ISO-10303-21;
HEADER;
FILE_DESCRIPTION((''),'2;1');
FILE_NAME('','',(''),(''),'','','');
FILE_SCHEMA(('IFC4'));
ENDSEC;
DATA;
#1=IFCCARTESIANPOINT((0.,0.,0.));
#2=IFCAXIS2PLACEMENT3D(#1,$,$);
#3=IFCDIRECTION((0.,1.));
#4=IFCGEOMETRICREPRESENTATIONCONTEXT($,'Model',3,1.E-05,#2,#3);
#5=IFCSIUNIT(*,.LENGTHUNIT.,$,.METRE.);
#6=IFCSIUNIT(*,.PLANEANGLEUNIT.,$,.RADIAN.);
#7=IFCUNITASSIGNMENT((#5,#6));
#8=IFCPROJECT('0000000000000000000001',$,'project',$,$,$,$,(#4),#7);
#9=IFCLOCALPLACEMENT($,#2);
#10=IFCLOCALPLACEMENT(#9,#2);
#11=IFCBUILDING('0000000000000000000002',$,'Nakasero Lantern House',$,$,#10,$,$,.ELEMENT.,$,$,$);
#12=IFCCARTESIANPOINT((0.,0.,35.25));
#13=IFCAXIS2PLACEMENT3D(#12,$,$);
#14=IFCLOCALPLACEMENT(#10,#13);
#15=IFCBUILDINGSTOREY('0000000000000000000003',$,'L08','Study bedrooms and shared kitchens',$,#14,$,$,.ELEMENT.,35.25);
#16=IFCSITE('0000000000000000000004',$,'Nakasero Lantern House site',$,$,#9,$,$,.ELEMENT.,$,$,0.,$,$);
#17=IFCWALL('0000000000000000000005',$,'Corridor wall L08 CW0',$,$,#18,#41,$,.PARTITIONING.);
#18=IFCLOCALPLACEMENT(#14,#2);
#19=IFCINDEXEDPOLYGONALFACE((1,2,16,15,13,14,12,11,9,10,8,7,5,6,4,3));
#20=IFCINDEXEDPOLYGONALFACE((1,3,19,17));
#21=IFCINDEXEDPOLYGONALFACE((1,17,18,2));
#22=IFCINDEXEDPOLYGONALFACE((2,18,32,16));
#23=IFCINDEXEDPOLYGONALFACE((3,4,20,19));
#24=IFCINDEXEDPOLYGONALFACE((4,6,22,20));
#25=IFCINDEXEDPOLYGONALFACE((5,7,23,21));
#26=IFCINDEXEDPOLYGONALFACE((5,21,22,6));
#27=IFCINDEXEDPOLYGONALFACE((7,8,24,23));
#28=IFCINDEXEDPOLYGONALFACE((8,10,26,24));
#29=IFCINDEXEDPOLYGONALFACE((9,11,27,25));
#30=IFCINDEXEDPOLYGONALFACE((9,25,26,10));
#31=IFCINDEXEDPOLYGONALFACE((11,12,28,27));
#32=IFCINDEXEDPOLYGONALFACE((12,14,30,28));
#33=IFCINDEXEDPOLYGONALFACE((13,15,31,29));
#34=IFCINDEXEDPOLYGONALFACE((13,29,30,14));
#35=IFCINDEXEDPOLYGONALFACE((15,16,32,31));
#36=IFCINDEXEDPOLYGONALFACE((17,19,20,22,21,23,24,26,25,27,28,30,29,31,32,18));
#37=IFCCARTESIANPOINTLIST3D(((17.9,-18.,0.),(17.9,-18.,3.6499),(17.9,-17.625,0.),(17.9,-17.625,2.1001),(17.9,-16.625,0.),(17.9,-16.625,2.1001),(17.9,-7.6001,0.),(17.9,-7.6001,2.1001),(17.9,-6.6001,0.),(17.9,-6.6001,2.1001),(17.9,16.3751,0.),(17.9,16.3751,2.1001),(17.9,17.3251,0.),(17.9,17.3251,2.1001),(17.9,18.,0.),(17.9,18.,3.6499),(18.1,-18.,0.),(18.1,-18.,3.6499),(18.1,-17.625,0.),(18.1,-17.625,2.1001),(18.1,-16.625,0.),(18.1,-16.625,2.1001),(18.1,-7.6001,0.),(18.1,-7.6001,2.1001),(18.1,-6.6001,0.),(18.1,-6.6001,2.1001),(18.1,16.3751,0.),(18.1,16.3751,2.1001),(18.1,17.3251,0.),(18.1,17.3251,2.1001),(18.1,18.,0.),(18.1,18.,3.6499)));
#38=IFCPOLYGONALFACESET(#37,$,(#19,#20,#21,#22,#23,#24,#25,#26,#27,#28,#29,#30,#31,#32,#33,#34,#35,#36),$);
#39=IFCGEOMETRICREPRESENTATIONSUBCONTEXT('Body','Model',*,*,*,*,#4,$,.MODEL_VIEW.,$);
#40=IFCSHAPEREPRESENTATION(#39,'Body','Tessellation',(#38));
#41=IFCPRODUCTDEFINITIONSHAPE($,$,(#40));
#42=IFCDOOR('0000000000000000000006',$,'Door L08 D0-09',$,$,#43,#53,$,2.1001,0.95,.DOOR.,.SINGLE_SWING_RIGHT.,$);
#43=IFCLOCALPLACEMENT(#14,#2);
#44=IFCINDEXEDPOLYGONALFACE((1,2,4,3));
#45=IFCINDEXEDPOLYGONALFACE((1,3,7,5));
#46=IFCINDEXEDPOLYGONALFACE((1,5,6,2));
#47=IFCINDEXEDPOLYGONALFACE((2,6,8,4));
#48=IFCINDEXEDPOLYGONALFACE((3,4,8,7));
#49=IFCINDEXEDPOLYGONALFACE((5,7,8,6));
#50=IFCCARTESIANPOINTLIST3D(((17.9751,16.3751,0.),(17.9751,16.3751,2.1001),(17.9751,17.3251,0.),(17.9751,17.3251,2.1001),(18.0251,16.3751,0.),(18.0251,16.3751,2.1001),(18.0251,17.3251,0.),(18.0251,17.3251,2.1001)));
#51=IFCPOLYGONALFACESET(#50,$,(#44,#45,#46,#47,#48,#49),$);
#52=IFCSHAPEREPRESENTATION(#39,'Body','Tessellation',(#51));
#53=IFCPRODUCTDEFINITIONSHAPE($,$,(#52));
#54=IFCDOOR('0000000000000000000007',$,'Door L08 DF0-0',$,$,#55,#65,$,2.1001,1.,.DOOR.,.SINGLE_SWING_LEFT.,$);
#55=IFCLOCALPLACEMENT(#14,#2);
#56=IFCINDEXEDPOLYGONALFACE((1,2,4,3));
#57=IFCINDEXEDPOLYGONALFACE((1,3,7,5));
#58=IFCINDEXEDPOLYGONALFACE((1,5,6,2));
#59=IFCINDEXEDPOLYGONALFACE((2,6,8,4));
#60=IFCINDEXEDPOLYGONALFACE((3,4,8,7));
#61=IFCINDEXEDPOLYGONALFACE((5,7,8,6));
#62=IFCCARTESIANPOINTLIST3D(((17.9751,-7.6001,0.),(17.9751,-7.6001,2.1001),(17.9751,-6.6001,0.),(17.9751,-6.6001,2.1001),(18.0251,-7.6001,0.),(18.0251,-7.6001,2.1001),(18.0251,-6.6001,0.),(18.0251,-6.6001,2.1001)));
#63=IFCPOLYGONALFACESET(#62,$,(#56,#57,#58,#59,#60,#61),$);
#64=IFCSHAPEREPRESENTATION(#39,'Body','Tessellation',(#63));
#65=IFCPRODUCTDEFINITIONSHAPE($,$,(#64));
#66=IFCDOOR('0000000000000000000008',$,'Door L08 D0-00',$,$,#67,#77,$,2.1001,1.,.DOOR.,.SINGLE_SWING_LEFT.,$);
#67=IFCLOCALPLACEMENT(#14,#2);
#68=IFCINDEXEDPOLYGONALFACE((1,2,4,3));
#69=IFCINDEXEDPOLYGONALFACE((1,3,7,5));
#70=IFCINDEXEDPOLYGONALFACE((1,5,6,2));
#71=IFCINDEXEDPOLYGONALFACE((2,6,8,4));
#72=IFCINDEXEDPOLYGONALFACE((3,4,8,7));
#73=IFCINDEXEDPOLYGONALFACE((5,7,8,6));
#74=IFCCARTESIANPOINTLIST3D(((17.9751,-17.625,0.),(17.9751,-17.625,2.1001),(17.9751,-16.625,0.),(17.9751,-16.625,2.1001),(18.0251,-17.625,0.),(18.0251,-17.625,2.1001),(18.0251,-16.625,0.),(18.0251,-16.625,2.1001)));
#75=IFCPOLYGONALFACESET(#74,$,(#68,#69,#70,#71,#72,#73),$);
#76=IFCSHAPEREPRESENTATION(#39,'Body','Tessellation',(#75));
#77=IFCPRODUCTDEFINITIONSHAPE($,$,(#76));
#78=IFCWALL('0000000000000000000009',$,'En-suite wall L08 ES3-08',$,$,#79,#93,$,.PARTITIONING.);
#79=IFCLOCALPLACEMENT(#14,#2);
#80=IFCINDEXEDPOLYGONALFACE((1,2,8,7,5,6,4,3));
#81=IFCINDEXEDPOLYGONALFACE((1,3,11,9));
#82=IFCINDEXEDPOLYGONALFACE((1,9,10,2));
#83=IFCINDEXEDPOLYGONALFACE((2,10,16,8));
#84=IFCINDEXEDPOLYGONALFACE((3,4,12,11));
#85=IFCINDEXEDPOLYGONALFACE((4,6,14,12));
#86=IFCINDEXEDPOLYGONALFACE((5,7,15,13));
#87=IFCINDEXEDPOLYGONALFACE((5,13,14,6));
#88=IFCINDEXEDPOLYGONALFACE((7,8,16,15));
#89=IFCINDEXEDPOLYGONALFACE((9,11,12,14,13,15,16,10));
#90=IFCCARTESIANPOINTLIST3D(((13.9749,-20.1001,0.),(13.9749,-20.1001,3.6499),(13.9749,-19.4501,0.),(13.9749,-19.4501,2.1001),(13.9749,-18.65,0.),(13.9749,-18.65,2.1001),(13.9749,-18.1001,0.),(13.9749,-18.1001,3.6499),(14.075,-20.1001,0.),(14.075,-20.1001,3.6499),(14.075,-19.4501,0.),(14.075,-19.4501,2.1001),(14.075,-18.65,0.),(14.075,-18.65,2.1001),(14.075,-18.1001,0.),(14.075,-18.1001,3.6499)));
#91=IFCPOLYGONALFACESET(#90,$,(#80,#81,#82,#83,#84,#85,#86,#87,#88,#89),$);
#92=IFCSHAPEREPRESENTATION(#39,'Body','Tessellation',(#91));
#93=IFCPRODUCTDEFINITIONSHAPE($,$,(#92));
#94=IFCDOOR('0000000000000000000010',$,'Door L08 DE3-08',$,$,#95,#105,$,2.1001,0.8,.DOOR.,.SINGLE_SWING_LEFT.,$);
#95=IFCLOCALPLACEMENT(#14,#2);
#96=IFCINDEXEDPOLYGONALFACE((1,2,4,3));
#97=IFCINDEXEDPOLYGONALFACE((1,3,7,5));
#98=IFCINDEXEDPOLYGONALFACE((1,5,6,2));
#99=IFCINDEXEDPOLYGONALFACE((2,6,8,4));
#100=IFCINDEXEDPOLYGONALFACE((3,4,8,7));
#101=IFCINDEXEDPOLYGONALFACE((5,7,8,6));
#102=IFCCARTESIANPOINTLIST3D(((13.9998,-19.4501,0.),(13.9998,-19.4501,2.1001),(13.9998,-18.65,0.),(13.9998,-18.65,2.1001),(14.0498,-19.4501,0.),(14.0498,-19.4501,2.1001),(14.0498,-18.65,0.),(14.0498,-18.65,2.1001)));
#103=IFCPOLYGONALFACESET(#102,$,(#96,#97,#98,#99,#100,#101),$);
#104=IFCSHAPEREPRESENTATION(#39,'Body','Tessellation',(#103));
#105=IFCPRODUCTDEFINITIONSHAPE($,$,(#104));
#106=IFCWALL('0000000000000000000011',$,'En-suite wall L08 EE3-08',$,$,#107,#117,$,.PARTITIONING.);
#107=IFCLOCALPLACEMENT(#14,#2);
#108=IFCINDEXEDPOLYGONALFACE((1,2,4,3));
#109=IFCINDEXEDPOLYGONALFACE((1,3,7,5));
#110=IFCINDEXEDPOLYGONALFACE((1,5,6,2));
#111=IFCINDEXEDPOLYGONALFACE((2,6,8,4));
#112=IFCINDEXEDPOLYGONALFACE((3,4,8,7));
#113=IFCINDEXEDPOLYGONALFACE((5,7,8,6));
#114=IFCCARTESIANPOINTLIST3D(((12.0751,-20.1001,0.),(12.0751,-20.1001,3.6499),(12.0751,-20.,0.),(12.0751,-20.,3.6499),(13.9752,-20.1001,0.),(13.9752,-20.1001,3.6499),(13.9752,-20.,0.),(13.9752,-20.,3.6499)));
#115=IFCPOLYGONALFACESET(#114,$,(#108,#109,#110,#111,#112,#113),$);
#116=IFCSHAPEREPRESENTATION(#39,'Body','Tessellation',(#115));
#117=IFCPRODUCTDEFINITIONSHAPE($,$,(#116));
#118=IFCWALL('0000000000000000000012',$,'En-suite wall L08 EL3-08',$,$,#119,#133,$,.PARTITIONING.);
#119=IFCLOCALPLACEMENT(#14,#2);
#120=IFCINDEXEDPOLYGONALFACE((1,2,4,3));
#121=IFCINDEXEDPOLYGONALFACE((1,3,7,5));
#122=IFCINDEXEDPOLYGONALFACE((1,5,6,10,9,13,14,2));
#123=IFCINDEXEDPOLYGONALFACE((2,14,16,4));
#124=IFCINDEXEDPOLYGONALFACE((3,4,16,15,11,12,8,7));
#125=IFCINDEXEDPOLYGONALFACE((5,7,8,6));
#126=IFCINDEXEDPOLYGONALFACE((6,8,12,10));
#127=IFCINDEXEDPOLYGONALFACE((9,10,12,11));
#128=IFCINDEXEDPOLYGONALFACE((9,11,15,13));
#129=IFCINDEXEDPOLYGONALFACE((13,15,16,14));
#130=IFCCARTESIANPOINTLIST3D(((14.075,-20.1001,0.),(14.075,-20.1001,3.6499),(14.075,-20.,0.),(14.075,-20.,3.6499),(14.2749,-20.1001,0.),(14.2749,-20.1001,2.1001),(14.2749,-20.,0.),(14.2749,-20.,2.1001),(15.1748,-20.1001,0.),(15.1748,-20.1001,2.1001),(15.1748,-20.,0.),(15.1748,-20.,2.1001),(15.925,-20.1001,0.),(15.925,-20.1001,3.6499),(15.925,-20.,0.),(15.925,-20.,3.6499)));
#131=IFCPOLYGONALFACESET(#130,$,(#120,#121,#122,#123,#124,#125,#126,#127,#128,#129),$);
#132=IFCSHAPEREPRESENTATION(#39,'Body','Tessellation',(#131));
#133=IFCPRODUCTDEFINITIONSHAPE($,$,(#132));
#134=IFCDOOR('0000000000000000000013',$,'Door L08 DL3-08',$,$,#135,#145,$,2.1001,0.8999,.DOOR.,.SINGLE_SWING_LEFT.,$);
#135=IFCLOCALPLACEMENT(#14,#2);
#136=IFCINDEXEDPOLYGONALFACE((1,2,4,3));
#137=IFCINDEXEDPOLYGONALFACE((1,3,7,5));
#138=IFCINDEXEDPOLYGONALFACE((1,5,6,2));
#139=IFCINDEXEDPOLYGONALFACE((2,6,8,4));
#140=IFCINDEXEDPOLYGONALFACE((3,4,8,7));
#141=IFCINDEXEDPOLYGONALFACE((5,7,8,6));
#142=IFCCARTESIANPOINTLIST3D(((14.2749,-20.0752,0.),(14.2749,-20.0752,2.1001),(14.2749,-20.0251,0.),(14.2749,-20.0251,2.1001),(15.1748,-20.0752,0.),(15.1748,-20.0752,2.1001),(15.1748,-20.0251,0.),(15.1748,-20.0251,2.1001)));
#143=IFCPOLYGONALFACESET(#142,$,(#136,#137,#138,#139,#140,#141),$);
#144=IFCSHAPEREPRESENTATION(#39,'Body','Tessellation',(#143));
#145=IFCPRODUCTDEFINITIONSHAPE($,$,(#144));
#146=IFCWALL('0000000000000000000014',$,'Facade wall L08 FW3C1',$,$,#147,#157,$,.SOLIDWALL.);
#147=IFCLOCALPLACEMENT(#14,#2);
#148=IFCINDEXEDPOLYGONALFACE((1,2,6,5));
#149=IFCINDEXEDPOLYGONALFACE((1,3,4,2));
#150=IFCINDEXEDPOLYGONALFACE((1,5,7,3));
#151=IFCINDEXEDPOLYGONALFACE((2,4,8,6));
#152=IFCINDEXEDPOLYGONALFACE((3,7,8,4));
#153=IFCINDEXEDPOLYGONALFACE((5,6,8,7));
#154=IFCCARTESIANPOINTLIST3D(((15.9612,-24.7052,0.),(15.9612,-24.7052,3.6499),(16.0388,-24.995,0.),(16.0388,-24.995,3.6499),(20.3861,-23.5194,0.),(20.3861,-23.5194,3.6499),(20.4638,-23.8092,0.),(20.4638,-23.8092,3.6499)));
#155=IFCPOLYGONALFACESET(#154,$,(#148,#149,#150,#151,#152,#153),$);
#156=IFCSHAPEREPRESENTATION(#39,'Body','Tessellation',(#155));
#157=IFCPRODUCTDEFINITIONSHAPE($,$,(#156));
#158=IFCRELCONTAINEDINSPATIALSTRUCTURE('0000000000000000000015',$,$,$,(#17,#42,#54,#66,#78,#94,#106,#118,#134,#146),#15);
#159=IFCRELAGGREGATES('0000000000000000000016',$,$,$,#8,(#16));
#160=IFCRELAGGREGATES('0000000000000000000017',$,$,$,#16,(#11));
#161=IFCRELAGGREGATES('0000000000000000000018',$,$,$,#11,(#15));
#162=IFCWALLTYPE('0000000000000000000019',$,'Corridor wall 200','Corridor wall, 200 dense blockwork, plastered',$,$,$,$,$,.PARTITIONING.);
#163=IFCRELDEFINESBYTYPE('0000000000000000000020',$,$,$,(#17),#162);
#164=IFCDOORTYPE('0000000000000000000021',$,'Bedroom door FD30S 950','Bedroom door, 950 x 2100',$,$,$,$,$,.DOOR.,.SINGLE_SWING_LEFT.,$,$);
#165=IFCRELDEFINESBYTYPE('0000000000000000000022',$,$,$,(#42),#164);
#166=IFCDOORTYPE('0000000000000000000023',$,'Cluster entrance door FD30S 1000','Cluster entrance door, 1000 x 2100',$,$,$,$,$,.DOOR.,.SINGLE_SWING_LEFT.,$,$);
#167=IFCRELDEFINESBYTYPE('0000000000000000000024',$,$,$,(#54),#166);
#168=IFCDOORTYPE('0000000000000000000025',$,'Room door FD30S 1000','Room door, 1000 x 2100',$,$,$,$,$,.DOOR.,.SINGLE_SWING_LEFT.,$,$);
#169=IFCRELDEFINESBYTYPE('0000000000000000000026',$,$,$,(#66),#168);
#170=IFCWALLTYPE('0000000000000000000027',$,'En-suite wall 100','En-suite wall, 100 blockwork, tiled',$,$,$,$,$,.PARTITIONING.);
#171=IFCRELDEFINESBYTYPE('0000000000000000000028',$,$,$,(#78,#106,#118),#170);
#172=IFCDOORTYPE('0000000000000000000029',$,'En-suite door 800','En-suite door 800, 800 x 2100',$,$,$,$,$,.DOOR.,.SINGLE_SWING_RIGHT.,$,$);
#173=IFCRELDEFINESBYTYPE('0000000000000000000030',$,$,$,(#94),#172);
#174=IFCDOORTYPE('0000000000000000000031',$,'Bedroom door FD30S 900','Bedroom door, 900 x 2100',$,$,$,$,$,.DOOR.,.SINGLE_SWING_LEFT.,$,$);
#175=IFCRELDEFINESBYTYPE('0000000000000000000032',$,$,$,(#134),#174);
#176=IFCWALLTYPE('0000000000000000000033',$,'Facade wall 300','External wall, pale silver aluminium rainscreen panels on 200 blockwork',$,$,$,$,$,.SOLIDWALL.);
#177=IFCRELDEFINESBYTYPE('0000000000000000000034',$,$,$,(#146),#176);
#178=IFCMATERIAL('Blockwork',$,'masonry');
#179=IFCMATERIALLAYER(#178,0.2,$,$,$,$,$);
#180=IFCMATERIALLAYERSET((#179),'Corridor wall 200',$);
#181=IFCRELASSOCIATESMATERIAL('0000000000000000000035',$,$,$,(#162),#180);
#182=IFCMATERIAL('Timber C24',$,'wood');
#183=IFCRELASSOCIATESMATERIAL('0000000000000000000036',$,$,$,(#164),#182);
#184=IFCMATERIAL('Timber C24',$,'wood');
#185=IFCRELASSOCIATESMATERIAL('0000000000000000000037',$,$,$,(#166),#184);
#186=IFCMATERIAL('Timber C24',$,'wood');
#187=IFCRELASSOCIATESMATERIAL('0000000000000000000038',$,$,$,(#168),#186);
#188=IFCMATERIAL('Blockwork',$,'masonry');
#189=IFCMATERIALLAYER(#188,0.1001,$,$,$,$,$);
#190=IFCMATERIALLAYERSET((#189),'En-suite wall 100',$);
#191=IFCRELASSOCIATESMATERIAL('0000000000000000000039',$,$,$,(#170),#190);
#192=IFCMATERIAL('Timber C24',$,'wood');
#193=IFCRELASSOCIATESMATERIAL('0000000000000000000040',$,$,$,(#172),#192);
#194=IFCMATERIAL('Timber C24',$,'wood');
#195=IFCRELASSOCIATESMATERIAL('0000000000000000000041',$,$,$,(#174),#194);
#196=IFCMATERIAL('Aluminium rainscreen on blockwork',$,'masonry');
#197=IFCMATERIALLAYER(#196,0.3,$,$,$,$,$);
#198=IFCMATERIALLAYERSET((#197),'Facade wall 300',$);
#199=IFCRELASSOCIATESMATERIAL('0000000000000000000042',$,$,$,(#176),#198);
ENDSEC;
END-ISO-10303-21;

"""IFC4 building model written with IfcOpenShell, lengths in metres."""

from ifc_helpers import new_model, si_unit, direction, frame, frame_2d, origin, place, context, subcontext, project, spatial, rectangle, extrude, material, layer, layer_set, type_object, element, fill, save


model = new_model("IFC4")

# Units and contexts
model_context = context("Model", 3, precision=1e-05, world=origin(), true_north=direction((0.0, 1.0)))
body_context = subcontext(model_context, "Body", "Model", "MODEL_VIEW")
ifc_project = project(units=[si_unit("LENGTHUNIT", "METRE"), si_unit("PLANEANGLEUNIT", "RADIAN")], contexts=[model_context])

# Site, building, storey
site_placement = place(None, origin())
site = spatial("IfcSite", under=ifc_project, at=site_placement, Name="Nakasero Lantern House site", CompositionType="ELEMENT", RefElevation=0.0)
building_placement = place(site_placement, origin())
building = spatial("IfcBuilding", under=site, at=building_placement, Name="Nakasero Lantern House", CompositionType="ELEMENT")
storey_placement = place(building_placement, frame((0.0, 0.0, 35.25)))
storey = spatial("IfcBuildingStorey", under=building, at=storey_placement, Name="L08", Description="Study bedrooms and shared kitchens", CompositionType="ELEMENT", Elevation=35.25)

# Wall, openings, doors
ifc_material_1 = material(Name="Blockwork", Category="masonry")
ifc_layer_1 = layer(ifc_material_1, 0.2)
ifc_layer_set_1 = layer_set([ifc_layer_1], Name="Corridor wall 200")
wall_type_1 = type_object("IfcWallType", Name="Corridor wall 200", Description="Corridor wall, 200 dense blockwork, plastered", PredefinedType="PARTITIONING", material=ifc_layer_set_1)
wall_1_placement = place(storey_placement, frame((18.0, -18.0, 0.0), z_axis=(0.0, 0.0, 1.0), x_axis=(0.0, 1.0, 0.0)))
wall_1 = element("IfcWall", 1, at=wall_1_placement, inside=storey, type_object=wall_type_1, Name="Corridor wall L08 CW0", PredefinedType="PARTITIONING", context=body_context, shape_type="SweptSolid", body=[
    extrude(rectangle(XDim=36.0, YDim=0.2, at=frame_2d((18.0, 0.0))), origin(), (0.0, 0.0, 1.0), 3.6499),
])
opening_1_placement = place(wall_1_placement, frame((10.3999, 0.0, 0.0)))
opening_1 = element("IfcOpeningElement", 2, at=opening_1_placement, cuts=wall_1, PredefinedType="OPENING", context=body_context, shape_type="SweptSolid", body=[
    extrude(rectangle(XDim=1.0, YDim=2.1001, at=frame_2d((0.5, 1.05))), frame((0.0, 0.1199, 0.0), z_axis=(0.0, -1.0, 0.0), x_axis=(1.0, 0.0, 0.0)), (0.0, 0.0, 1.0), 0.24),
])
opening_2_placement = place(wall_1_placement, frame((0.375, 0.0, 0.0)))
opening_2 = element("IfcOpeningElement", 3, at=opening_2_placement, cuts=wall_1, PredefinedType="OPENING", context=body_context, shape_type="SweptSolid", body=[
    extrude(rectangle(XDim=1.0, YDim=2.1001, at=frame_2d((0.5, 1.05))), frame((0.0, 0.1199, 0.0), z_axis=(0.0, -1.0, 0.0), x_axis=(1.0, 0.0, 0.0)), (0.0, 0.0, 1.0), 0.24),
])
opening_3_placement = place(wall_1_placement, frame((34.375, 0.0, 0.0)))
opening_3 = element("IfcOpeningElement", 4, at=opening_3_placement, cuts=wall_1, PredefinedType="OPENING", context=body_context, shape_type="SweptSolid", body=[
    extrude(rectangle(XDim=0.95, YDim=2.1001, at=frame_2d((0.4751, 1.05))), frame((0.0, 0.1199, 0.0), z_axis=(0.0, -1.0, 0.0), x_axis=(1.0, 0.0, 0.0)), (0.0, 0.0, 1.0), 0.24),
])
ifc_material_2 = material(Name="Timber C24", Category="wood")
door_type_1 = type_object("IfcDoorType", Name="Bedroom door FD30S 950", Description="Bedroom door, 950 x 2100", OperationType="SINGLE_SWING_LEFT", PredefinedType="DOOR", material=ifc_material_2)
door_1_placement = place(opening_3_placement, origin())
door_1 = element("IfcDoor", 5, at=door_1_placement, inside=storey, type_object=door_type_1, Name="Door L08 D0-09", OperationType="SINGLE_SWING_RIGHT", OverallHeight=2.1001, OverallWidth=0.95, PredefinedType="DOOR", context=body_context, shape_type="SweptSolid", body=[
    extrude(rectangle(XDim=0.95, YDim=2.1001, at=frame_2d((0.4751, 1.05))), frame((0.0, 0.0249, 0.0), z_axis=(0.0, -1.0, 0.0), x_axis=(1.0, 0.0, 0.0)), (0.0, 0.0, 1.0), 0.05),
])
fill(opening_3, door_1)
ifc_material_3 = material(Name="Timber C24", Category="wood")
door_type_2 = type_object("IfcDoorType", Name="Cluster entrance door FD30S 1000", Description="Cluster entrance door, 1000 x 2100", OperationType="SINGLE_SWING_LEFT", PredefinedType="DOOR", material=ifc_material_3)
door_2_placement = place(opening_1_placement, origin())
door_2 = element("IfcDoor", 6, at=door_2_placement, inside=storey, type_object=door_type_2, Name="Door L08 DF0-0", OperationType="SINGLE_SWING_LEFT", OverallHeight=2.1001, OverallWidth=1.0, PredefinedType="DOOR", context=body_context, shape_type="SweptSolid", body=[
    extrude(rectangle(XDim=1.0, YDim=2.1001, at=frame_2d((0.5, 1.05))), frame((0.0, 0.0249, 0.0), z_axis=(0.0, -1.0, 0.0), x_axis=(1.0, 0.0, 0.0)), (0.0, 0.0, 1.0), 0.05),
])
fill(opening_1, door_2)
ifc_material_4 = material(Name="Timber C24", Category="wood")
door_type_3 = type_object("IfcDoorType", Name="Room door FD30S 1000", Description="Room door, 1000 x 2100", OperationType="SINGLE_SWING_LEFT", PredefinedType="DOOR", material=ifc_material_4)
door_3_placement = place(opening_2_placement, origin())
door_3 = element("IfcDoor", 7, at=door_3_placement, inside=storey, type_object=door_type_3, Name="Door L08 D0-00", OperationType="SINGLE_SWING_LEFT", OverallHeight=2.1001, OverallWidth=1.0, PredefinedType="DOOR", context=body_context, shape_type="SweptSolid", body=[
    extrude(rectangle(XDim=1.0, YDim=2.1001, at=frame_2d((0.5, 1.05))), frame((0.0, 0.0249, 0.0), z_axis=(0.0, -1.0, 0.0), x_axis=(1.0, 0.0, 0.0)), (0.0, 0.0, 1.0), 0.05),
])
fill(opening_2, door_3)

# Wall, opening, door
ifc_material_5 = material(Name="Blockwork", Category="masonry")
ifc_layer_2 = layer(ifc_material_5, 0.1001)
ifc_layer_set_2 = layer_set([ifc_layer_2], Name="En-suite wall 100")
wall_type_2 = type_object("IfcWallType", Name="En-suite wall 100", Description="En-suite wall, 100 blockwork, tiled", PredefinedType="PARTITIONING", material=ifc_layer_set_2)
wall_2_placement = place(storey_placement, frame((14.0249, -18.1001, 0.0), z_axis=(0.0, 0.0, 1.0), x_axis=(0.0, -1.0, 0.0)))
wall_2 = element("IfcWall", 8, at=wall_2_placement, inside=storey, type_object=wall_type_2, Name="En-suite wall L08 ES3-08", PredefinedType="PARTITIONING", context=body_context, shape_type="SweptSolid", body=[
    extrude(rectangle(XDim=2.0, YDim=0.1001, at=frame_2d((1.0, 0.0))), origin(), (0.0, 0.0, 1.0), 3.6499),
])
opening_4_placement = place(wall_2_placement, frame((0.55, 0.0, 0.0)))
opening_4 = element("IfcOpeningElement", 9, at=opening_4_placement, cuts=wall_2, PredefinedType="OPENING", context=body_context, shape_type="SweptSolid", body=[
    extrude(rectangle(XDim=0.8, YDim=2.1001, at=frame_2d((0.3999, 1.05))), frame((0.0, 0.0701, 0.0), z_axis=(0.0, -1.0, 0.0), x_axis=(1.0, 0.0, 0.0)), (0.0, 0.0, 1.0), 0.1401),
])
ifc_material_6 = material(Name="Timber C24", Category="wood")
door_type_4 = type_object("IfcDoorType", Name="En-suite door 800", Description="En-suite door 800, 800 x 2100", OperationType="SINGLE_SWING_RIGHT", PredefinedType="DOOR", material=ifc_material_6)
door_4_placement = place(opening_4_placement, origin())
door_4 = element("IfcDoor", 10, at=door_4_placement, inside=storey, type_object=door_type_4, Name="Door L08 DE3-08", OperationType="SINGLE_SWING_LEFT", OverallHeight=2.1001, OverallWidth=0.8, PredefinedType="DOOR", context=body_context, shape_type="SweptSolid", body=[
    extrude(rectangle(XDim=0.8, YDim=2.1001, at=frame_2d((0.3999, 1.05))), frame((0.0, 0.0249, 0.0), z_axis=(0.0, -1.0, 0.0), x_axis=(1.0, 0.0, 0.0)), (0.0, 0.0, 1.0), 0.05),
])
fill(opening_4, door_4)

# Wall
wall_3_placement = place(storey_placement, frame((12.075, -20.05, 0.0), z_axis=(0.0, 0.0, 1.0), x_axis=(1.0, 0.0, 0.0)))
element("IfcWall", 11, at=wall_3_placement, inside=storey, type_object=wall_type_2, Name="En-suite wall L08 EE3-08", PredefinedType="PARTITIONING", context=body_context, shape_type="SweptSolid", body=[
    extrude(rectangle(XDim=1.9001, YDim=0.1001, at=frame_2d((0.9502, 0.0))), origin(), (0.0, 0.0, 1.0), 3.6499),
])

# Wall, opening, door
wall_4_placement = place(storey_placement, frame((14.075, -20.05, 0.0), z_axis=(0.0, 0.0, 1.0), x_axis=(1.0, 0.0, 0.0)))
wall_4 = element("IfcWall", 12, at=wall_4_placement, inside=storey, type_object=wall_type_2, Name="En-suite wall L08 EL3-08", PredefinedType="PARTITIONING", context=body_context, shape_type="SweptSolid", body=[
    extrude(rectangle(XDim=1.8501, YDim=0.1001, at=frame_2d((0.925, 0.0))), origin(), (0.0, 0.0, 1.0), 3.6499),
])
opening_5_placement = place(wall_4_placement, frame((0.2, 0.0, 0.0)))
opening_5 = element("IfcOpeningElement", 13, at=opening_5_placement, cuts=wall_4, PredefinedType="OPENING", context=body_context, shape_type="SweptSolid", body=[
    extrude(rectangle(XDim=0.8999, YDim=2.1001, at=frame_2d((0.45, 1.05))), frame((0.0, 0.0701, 0.0), z_axis=(0.0, -1.0, 0.0), x_axis=(1.0, 0.0, 0.0)), (0.0, 0.0, 1.0), 0.1401),
])
ifc_material_7 = material(Name="Timber C24", Category="wood")
door_type_5 = type_object("IfcDoorType", Name="Bedroom door FD30S 900", Description="Bedroom door, 900 x 2100", OperationType="SINGLE_SWING_LEFT", PredefinedType="DOOR", material=ifc_material_7)
door_5_placement = place(opening_5_placement, origin())
door_5 = element("IfcDoor", 14, at=door_5_placement, inside=storey, type_object=door_type_5, Name="Door L08 DL3-08", OperationType="SINGLE_SWING_LEFT", OverallHeight=2.1001, OverallWidth=0.8999, PredefinedType="DOOR", context=body_context, shape_type="SweptSolid", body=[
    extrude(rectangle(XDim=0.8999, YDim=2.1001, at=frame_2d((0.45, 1.05))), frame((0.0, 0.0249, 0.0), z_axis=(0.0, -1.0, 0.0), x_axis=(1.0, 0.0, 0.0)), (0.0, 0.0, 1.0), 0.05),
])
fill(opening_5, door_5)

# Wall
ifc_material_8 = material(Name="Aluminium rainscreen on blockwork", Category="masonry")
ifc_layer_3 = layer(ifc_material_8, 0.3)
ifc_layer_set_3 = layer_set([ifc_layer_3], Name="Facade wall 300")
wall_type_3 = type_object("IfcWallType", Name="Facade wall 300", Description="External wall, pale silver aluminium rainscreen panels on 200 blockwork", PredefinedType="SOLIDWALL", material=ifc_layer_set_3)
wall_5_placement = place(storey_placement, frame((16.0, -24.8501, 0.0), z_axis=(0.0, 0.0, 1.0), x_axis=(0.96592, 0.25884, 0.0)))
element("IfcWall", 15, at=wall_5_placement, inside=storey, type_object=wall_type_3, Name="Facade wall L08 FW3C1", PredefinedType="SOLIDWALL", context=body_context, shape_type="SweptSolid", body=[
    extrude(rectangle(XDim=4.5811, YDim=0.3, at=frame_2d((2.2905, 0.0))), origin(), (0.0, 0.0, 1.0), 3.6499),
])

save(model, "model.ifc")
